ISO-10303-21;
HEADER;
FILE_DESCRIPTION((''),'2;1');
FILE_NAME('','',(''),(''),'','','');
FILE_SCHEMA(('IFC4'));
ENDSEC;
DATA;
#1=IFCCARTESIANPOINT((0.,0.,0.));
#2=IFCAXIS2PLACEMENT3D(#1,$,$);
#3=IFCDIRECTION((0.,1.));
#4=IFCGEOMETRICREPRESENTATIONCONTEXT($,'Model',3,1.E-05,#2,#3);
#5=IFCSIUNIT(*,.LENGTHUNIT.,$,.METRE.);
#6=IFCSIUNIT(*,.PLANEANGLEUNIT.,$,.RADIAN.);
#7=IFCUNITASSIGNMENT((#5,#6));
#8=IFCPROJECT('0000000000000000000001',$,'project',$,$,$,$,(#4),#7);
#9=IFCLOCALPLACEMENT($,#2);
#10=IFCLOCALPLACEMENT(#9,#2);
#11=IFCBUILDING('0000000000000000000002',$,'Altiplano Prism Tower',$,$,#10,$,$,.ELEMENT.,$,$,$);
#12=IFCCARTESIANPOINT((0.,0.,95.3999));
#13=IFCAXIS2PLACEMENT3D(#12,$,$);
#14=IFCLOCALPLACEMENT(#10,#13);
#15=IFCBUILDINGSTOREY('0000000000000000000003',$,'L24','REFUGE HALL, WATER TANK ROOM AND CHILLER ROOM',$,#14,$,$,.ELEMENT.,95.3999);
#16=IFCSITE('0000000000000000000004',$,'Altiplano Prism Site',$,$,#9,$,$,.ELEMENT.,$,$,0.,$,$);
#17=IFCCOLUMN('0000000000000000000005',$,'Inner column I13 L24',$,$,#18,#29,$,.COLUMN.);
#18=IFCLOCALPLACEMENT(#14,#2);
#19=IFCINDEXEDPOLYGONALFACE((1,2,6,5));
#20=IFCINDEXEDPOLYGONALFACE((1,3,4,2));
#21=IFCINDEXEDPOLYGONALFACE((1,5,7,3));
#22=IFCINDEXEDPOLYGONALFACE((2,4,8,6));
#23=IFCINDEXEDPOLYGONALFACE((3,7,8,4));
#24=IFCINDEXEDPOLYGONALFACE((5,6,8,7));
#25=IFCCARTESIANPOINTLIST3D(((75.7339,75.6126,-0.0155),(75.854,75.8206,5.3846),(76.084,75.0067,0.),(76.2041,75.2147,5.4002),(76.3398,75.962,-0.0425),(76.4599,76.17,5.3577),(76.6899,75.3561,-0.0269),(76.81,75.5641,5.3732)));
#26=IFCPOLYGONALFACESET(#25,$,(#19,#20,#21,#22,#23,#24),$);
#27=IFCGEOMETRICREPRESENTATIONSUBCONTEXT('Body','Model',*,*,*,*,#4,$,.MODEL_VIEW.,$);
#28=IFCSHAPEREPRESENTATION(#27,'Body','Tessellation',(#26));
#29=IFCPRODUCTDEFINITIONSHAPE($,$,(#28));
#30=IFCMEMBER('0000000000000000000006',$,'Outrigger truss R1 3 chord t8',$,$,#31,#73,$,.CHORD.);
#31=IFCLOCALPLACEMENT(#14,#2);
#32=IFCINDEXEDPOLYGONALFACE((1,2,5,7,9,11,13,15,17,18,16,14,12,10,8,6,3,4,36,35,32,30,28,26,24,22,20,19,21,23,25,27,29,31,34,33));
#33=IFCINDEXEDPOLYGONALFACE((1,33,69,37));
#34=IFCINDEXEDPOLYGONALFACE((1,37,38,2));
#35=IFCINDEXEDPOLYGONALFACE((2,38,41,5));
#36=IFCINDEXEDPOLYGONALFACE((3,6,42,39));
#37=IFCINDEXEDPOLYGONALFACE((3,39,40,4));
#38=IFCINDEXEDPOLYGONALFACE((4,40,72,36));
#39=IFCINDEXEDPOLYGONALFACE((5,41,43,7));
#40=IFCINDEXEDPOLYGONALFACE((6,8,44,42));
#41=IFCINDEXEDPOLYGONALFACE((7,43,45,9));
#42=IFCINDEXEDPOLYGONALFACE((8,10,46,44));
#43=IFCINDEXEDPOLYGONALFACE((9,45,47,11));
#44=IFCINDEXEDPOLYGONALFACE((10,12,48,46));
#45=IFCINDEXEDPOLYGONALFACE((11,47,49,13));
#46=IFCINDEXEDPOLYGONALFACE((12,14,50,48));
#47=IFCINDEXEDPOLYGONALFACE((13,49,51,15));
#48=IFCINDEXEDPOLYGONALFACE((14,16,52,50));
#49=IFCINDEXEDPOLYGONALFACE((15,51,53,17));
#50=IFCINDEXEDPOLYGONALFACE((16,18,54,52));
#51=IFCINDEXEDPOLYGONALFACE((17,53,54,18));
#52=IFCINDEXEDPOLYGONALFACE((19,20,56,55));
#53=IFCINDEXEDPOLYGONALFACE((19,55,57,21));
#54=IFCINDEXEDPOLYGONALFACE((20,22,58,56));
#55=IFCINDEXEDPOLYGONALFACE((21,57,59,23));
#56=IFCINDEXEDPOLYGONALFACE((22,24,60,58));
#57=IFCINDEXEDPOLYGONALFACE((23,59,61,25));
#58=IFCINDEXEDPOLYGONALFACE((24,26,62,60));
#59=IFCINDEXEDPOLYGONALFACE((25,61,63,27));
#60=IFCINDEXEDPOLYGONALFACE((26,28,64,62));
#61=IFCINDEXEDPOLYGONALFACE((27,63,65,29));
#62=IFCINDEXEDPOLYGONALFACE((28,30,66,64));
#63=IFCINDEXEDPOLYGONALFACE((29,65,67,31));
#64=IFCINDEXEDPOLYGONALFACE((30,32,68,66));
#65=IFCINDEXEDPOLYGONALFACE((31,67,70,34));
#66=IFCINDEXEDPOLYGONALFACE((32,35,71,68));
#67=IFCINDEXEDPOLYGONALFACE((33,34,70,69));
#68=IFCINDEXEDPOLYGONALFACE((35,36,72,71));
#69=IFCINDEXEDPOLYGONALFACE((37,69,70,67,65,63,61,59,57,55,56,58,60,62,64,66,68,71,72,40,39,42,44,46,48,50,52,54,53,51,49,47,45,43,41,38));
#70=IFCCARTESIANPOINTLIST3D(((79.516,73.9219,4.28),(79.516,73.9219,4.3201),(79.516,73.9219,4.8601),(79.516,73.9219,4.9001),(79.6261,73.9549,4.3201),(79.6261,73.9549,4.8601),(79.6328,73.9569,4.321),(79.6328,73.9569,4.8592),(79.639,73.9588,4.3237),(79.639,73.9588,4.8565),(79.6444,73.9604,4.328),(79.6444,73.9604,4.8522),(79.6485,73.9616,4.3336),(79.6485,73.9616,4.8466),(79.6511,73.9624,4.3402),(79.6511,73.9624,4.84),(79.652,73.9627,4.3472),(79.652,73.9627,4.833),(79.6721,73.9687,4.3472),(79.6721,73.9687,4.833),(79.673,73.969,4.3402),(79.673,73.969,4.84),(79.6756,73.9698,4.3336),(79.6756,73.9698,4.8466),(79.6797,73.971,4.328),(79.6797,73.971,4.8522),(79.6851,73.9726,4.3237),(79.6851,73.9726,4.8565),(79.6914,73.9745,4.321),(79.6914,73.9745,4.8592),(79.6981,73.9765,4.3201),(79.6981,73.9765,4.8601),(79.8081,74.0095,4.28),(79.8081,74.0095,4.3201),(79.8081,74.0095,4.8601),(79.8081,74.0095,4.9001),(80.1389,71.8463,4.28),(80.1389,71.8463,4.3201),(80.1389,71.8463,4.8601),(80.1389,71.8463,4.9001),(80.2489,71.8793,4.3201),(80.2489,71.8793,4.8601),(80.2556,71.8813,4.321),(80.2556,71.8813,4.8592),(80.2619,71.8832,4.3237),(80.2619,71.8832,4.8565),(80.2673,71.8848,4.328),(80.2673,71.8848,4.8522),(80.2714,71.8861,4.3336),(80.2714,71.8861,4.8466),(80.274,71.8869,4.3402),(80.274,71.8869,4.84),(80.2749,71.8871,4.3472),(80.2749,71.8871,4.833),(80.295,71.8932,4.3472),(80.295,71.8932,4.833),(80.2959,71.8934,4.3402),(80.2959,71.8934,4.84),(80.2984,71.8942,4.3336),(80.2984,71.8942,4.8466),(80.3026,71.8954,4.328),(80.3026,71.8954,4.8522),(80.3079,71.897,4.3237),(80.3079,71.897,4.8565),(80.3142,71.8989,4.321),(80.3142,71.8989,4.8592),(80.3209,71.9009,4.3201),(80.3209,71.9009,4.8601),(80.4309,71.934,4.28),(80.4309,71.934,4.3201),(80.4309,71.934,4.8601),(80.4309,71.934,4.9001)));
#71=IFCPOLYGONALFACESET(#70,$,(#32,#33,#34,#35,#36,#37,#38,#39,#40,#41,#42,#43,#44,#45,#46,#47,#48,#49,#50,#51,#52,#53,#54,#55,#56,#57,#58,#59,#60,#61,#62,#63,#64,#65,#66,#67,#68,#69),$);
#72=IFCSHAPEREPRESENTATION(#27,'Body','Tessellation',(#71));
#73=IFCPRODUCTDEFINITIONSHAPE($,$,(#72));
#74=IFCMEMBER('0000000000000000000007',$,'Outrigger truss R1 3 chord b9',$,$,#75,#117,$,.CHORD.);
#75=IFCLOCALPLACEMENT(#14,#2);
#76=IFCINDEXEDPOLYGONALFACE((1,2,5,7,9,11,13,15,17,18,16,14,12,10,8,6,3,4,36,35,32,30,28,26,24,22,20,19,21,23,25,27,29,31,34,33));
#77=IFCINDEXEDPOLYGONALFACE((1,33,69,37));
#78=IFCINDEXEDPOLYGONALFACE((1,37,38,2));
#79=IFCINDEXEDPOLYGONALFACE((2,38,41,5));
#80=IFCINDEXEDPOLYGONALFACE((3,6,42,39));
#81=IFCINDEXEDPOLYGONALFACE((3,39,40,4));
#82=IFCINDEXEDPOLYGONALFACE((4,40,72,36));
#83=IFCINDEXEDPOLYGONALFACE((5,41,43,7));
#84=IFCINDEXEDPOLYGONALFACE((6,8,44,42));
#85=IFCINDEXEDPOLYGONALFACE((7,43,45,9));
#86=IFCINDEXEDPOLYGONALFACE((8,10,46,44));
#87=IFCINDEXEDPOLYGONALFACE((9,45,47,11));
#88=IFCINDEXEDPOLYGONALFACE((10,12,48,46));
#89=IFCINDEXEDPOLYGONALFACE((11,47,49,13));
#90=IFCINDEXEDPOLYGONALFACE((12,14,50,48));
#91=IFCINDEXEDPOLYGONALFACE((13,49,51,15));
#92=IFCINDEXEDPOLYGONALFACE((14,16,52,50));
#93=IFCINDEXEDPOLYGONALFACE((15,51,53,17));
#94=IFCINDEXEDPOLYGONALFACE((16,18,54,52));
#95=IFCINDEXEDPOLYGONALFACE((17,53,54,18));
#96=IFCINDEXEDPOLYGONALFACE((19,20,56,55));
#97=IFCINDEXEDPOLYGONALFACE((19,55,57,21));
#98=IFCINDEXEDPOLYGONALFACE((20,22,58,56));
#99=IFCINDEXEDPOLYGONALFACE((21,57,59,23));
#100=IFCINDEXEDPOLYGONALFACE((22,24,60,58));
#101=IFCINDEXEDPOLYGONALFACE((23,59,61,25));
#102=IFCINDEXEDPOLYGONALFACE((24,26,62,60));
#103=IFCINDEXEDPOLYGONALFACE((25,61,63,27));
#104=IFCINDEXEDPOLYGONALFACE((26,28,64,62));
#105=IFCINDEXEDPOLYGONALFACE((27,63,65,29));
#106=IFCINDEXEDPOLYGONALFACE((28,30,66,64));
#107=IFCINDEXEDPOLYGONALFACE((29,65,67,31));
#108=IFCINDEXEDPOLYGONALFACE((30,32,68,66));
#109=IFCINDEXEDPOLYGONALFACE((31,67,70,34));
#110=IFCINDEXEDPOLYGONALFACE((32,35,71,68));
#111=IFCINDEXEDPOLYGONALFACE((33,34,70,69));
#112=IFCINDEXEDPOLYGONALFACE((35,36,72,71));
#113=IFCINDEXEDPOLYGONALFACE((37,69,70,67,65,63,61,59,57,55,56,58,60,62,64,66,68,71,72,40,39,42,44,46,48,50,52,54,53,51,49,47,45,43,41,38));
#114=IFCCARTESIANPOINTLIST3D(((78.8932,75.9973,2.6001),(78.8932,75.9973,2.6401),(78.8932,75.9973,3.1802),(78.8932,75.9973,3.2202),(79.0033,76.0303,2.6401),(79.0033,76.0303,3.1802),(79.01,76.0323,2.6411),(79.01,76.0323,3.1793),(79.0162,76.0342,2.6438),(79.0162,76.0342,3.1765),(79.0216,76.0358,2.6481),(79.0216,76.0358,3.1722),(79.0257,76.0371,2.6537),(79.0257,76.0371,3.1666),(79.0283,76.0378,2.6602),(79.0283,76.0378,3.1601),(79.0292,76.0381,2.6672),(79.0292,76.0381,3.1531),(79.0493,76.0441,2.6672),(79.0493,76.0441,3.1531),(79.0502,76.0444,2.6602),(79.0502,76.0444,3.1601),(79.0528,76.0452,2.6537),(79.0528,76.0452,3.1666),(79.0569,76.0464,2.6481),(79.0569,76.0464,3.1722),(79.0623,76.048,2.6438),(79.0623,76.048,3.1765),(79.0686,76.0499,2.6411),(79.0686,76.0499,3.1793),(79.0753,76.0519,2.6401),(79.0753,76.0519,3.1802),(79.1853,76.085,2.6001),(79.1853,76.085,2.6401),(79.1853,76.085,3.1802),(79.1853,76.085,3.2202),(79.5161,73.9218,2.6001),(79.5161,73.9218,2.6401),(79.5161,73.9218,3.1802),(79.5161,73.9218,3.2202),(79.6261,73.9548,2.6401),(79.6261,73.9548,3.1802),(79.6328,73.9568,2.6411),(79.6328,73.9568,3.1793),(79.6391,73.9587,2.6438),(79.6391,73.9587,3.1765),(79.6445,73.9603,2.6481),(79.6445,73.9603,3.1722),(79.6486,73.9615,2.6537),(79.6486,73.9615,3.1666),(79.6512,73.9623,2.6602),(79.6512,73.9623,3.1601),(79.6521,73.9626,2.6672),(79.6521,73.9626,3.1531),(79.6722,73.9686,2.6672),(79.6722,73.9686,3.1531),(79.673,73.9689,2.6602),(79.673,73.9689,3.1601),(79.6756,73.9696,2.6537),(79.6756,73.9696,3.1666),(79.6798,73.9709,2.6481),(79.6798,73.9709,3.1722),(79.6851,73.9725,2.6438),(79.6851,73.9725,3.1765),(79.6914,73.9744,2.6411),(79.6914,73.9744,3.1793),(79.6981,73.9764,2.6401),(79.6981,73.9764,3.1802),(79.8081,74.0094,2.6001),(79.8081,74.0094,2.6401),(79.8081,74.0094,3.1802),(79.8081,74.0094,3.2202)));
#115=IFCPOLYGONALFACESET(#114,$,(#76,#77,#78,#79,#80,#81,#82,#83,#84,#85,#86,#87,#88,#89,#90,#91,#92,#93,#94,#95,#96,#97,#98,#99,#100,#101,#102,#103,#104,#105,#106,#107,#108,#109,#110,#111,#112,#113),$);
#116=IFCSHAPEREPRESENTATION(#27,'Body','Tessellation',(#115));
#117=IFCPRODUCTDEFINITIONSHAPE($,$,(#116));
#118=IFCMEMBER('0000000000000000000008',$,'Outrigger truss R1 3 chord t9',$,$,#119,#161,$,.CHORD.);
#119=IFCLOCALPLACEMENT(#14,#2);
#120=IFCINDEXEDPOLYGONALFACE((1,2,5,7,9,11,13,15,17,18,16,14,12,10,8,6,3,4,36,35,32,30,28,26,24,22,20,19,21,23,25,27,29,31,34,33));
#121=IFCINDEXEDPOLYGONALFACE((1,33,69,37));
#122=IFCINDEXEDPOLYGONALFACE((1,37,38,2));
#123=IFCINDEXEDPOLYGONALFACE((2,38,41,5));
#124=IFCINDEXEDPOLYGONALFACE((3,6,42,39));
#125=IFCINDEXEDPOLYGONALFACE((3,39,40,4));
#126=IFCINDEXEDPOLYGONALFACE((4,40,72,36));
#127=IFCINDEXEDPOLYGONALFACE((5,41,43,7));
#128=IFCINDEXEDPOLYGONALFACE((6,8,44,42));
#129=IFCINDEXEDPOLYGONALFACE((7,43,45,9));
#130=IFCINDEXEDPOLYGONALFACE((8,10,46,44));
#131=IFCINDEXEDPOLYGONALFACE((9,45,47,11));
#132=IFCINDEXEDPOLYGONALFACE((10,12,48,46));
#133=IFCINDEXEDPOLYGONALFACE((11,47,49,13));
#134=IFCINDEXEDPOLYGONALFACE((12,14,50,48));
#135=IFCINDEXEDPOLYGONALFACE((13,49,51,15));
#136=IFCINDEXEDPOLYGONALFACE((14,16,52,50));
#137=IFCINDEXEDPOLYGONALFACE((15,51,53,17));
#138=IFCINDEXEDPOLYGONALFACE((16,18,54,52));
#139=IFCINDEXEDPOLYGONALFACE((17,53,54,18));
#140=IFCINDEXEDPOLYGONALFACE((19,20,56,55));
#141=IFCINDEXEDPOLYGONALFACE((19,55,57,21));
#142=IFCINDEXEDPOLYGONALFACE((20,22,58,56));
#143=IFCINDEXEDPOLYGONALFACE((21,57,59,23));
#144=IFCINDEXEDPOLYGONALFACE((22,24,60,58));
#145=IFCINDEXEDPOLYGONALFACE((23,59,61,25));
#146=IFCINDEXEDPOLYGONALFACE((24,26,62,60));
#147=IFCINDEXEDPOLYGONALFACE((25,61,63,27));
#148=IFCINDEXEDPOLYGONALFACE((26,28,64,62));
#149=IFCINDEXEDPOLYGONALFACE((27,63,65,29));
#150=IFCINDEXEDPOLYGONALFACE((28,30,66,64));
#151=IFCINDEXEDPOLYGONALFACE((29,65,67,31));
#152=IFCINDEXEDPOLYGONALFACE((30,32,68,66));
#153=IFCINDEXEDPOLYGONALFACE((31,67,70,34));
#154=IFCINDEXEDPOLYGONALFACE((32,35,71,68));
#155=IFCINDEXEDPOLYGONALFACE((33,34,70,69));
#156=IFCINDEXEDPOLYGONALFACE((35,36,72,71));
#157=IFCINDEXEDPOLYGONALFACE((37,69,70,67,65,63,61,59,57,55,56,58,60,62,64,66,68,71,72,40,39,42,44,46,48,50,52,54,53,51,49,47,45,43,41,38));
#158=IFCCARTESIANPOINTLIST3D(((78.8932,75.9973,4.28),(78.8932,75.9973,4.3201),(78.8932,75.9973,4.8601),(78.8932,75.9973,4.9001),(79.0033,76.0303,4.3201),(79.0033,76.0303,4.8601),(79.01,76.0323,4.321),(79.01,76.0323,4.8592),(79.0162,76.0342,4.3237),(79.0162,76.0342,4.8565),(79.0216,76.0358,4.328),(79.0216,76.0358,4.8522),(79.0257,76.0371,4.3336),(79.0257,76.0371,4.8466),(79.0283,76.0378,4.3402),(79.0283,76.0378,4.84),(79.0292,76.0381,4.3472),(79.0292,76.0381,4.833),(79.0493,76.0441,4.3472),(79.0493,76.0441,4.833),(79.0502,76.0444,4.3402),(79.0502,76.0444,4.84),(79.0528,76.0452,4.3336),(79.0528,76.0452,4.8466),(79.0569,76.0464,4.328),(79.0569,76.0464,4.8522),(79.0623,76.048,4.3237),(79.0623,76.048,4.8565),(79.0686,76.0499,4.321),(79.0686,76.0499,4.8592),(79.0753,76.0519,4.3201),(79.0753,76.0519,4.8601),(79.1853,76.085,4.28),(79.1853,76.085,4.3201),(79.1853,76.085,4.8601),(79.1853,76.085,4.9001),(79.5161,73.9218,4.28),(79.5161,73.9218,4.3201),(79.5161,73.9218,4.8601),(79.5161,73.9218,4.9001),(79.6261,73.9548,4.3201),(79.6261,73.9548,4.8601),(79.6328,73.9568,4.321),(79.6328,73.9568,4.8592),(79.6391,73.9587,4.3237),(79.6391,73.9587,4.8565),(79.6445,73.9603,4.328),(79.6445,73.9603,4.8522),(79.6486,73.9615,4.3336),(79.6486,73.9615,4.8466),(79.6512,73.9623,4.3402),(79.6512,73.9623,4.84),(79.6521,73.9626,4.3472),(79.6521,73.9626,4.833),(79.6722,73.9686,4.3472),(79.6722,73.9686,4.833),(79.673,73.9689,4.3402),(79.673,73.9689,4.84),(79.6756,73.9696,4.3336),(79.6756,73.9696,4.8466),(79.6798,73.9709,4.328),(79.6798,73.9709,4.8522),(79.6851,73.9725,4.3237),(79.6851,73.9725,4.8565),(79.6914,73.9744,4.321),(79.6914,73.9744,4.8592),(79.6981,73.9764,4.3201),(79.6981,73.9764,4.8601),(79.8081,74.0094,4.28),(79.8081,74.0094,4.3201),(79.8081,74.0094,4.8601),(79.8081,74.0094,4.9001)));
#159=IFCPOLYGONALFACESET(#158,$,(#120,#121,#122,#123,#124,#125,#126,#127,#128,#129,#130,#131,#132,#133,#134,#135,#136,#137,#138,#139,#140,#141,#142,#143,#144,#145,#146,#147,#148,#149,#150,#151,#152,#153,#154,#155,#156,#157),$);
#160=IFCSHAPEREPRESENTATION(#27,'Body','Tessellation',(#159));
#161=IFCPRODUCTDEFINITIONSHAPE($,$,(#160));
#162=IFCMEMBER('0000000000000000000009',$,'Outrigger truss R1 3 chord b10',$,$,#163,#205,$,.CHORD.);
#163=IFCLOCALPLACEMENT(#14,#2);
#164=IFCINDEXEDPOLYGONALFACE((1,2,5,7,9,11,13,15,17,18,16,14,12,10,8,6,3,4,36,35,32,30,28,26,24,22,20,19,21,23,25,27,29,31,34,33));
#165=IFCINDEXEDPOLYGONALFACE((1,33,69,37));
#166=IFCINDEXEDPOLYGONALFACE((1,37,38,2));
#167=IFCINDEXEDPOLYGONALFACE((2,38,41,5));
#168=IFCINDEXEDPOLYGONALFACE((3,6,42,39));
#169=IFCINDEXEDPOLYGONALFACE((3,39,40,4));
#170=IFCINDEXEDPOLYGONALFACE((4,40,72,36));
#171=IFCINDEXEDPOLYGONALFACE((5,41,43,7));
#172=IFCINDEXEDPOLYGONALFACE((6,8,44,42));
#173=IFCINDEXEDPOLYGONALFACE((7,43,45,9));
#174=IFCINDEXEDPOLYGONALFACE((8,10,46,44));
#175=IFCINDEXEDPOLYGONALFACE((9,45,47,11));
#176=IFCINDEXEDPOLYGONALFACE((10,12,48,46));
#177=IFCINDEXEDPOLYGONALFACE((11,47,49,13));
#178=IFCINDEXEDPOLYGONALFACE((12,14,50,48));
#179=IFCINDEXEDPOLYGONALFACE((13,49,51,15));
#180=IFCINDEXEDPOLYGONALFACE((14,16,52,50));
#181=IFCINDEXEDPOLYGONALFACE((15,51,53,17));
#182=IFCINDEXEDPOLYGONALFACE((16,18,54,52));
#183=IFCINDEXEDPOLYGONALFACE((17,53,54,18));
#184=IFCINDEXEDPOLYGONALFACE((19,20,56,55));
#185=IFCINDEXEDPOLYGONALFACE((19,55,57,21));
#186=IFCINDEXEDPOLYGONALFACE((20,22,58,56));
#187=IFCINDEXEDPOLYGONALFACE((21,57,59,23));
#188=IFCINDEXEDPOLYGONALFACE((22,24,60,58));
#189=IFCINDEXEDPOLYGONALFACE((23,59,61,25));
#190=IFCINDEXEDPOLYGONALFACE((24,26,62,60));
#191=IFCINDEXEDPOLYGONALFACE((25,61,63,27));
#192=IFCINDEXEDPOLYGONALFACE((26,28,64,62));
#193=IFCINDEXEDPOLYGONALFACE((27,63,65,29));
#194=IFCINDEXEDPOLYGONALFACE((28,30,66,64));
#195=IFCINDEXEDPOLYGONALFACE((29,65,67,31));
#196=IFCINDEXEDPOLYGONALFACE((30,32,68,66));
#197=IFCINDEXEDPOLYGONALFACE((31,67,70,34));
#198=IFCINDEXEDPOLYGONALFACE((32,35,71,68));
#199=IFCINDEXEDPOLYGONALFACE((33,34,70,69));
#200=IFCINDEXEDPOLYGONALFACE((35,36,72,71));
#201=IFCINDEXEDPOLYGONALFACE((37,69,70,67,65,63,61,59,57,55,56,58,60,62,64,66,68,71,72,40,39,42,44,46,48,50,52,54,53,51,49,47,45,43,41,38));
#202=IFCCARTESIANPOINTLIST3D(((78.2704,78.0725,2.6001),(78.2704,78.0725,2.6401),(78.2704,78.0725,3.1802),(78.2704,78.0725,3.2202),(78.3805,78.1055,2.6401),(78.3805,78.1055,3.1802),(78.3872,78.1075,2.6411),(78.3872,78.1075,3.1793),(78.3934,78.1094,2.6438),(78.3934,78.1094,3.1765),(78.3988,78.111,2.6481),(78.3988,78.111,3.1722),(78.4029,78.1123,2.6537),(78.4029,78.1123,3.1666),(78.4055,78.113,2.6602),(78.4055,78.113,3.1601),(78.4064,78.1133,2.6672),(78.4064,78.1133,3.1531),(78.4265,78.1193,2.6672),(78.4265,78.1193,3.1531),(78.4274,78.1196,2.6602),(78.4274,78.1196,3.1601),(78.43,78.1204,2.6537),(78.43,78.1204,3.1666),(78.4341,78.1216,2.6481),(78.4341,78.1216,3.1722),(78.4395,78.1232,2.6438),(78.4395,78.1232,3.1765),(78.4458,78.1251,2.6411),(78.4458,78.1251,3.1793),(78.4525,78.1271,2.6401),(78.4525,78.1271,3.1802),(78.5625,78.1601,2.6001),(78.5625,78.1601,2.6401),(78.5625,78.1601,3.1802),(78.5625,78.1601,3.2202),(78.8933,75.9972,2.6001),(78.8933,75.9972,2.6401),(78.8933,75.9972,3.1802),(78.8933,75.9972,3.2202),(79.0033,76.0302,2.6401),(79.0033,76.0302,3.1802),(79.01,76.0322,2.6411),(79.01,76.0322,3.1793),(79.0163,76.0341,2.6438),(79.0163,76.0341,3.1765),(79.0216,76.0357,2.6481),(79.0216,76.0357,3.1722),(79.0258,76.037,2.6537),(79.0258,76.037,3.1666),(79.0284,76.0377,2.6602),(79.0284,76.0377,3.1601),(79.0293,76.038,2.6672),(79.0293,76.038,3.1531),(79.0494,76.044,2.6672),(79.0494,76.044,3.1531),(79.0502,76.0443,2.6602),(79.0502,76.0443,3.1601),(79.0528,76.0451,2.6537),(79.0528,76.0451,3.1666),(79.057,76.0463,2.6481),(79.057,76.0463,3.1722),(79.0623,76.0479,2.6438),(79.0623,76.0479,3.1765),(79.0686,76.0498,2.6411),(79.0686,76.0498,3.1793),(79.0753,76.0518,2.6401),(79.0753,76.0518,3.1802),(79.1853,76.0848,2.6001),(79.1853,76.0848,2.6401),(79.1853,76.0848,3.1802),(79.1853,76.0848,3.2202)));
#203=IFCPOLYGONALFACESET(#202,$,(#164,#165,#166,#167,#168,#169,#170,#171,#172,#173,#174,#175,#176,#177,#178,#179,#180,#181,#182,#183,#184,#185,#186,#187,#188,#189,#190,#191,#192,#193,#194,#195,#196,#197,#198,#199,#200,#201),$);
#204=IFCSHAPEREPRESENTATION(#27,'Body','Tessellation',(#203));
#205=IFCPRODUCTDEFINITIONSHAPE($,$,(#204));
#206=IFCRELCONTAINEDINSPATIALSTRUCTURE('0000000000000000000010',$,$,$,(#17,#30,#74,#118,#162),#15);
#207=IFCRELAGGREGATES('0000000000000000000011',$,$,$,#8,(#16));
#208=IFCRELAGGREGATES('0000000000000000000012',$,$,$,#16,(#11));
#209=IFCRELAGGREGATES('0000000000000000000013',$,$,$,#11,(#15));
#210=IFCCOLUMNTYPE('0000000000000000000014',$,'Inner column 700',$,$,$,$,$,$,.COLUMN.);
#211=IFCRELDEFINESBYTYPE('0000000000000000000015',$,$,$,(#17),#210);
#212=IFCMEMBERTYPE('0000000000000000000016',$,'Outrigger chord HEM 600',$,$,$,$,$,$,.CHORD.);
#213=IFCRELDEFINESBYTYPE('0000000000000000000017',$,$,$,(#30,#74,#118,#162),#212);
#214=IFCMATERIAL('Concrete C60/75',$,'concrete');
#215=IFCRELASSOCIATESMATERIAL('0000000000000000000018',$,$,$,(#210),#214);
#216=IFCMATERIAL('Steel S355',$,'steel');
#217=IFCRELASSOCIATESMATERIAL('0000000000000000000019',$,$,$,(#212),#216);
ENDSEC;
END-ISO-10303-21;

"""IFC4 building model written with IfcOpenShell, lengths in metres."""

from ifc_helpers import new_model, si_unit, direction, frame, origin, origin_2d, place, context, subcontext, project, spatial, rectangle, i_section, extrude, material, material_profile, profile_set, type_object, element, save


model = new_model("IFC4")

# Units and contexts
model_context = context("Model", 3, precision=1e-05, world=origin(), true_north=direction((0.0, 1.0)))
body_context = subcontext(model_context, "Body", "Model", "MODEL_VIEW")
ifc_project = project(units=[si_unit("LENGTHUNIT", "METRE"), si_unit("PLANEANGLEUNIT", "RADIAN")], contexts=[model_context])

# Site, building, storey
site_placement = place(None, origin())
site = spatial("IfcSite", under=ifc_project, at=site_placement, Name="Altiplano Prism Site", CompositionType="ELEMENT", RefElevation=0.0)
building_placement = place(site_placement, origin())
building = spatial("IfcBuilding", under=site, at=building_placement, Name="Altiplano Prism Tower", CompositionType="ELEMENT")
storey_placement = place(building_placement, frame((0.0, 0.0, 95.3999)))
storey = spatial("IfcBuildingStorey", under=building, at=storey_placement, Name="L24", Description="REFUGE HALL, WATER TANK ROOM AND CHILLER ROOM", CompositionType="ELEMENT", Elevation=95.3999)

# Column
ifc_material_1 = material(Name="Concrete C60/75", Category="concrete")
ifc_material_profile_1 = material_profile(ifc_material_1, rectangle(XDim=0.7, YDim=0.7, at=origin_2d()), Name="Inner column 700")
ifc_profile_set_1 = profile_set([ifc_material_profile_1], Name="Concrete C60/75")
column_type = type_object("IfcColumnType", Name="Inner column 700", PredefinedType="COLUMN", material=ifc_profile_set_1)
column_placement = place(storey_placement, frame((76.2119, 75.4844, -0.0212), z_axis=(0.022221, 0.038481, 0.999012), x_axis=(-0.865642, -0.499182, 0.038483)))
element("IfcColumn", 1, at=column_placement, inside=storey, type_object=column_type, Name="Inner column I13 L24", PredefinedType="COLUMN", context=body_context, shape_type="SweptSolid", body=[
    extrude(rectangle(XDim=0.7, YDim=0.7, at=origin_2d()), origin(), (0.0, 0.0, 1.0), 5.4055),
])

# Members
ifc_material_2 = material(Name="Steel S355", Category="steel")
ifc_material_profile_2 = material_profile(ifc_material_2, i_section(OverallWidth=0.3049, OverallDepth=0.6201, WebThickness=0.021, FlangeThickness=0.04, FilletRadius=0.0271, at=origin_2d()), Name="Outrigger chord HEM 600")
ifc_profile_set_2 = profile_set([ifc_material_profile_2], Name="Steel S355")
member_type_1 = type_object("IfcMemberType", Name="Outrigger chord HEM 600", PredefinedType="CHORD", material=ifc_profile_set_2)
for number, where, z_axis, x_axis, name in (
    (2, (80.2849, 71.8901, 4.5901), (-0.28742, 0.957805, 0.0), (-0.957805, -0.28742, 0.0), "Outrigger truss R1 3 chord t8"),
    (3, (79.6621, 73.9656, 2.9102), (-0.28742, 0.957805, 0.0), (-0.957805, -0.28742, 0.0), "Outrigger truss R1 3 chord b9"),
    (4, (79.6621, 73.9656, 4.5901), (-0.28742, 0.957805, 0.0), (-0.957805, -0.28742, 0.0), "Outrigger truss R1 3 chord t9"),
):
    element("IfcMember", number, at=place(storey_placement, frame(where, z_axis=z_axis, x_axis=x_axis)), inside=storey, type_object=member_type_1, Name=name, PredefinedType="CHORD", context=body_context, shape_type="SweptSolid", body=[
        extrude(i_section(OverallWidth=0.3049, OverallDepth=0.6201, WebThickness=0.021, FlangeThickness=0.04, FilletRadius=0.0271, at=origin_2d()), origin(), (0.0, 0.0, 1.0), 2.167),
    ])
for number, where, z_axis, x_axis, name in (
    (5, (79.0393, 76.041, 2.9102), (-0.287451, 0.957795, 0.0), (-0.957795, -0.287451, 0.0), "Outrigger truss R1 3 chord b10"),
):
    element("IfcMember", number, at=place(storey_placement, frame(where, z_axis=z_axis, x_axis=x_axis)), inside=storey, type_object=member_type_1, Name=name, PredefinedType="CHORD", context=body_context, shape_type="SweptSolid", body=[
        extrude(i_section(OverallWidth=0.3049, OverallDepth=0.6201, WebThickness=0.021, FlangeThickness=0.04, FilletRadius=0.0271, at=origin_2d()), origin(), (0.0, 0.0, 1.0), 2.1667),
    ])

save(model, "model.ifc")
